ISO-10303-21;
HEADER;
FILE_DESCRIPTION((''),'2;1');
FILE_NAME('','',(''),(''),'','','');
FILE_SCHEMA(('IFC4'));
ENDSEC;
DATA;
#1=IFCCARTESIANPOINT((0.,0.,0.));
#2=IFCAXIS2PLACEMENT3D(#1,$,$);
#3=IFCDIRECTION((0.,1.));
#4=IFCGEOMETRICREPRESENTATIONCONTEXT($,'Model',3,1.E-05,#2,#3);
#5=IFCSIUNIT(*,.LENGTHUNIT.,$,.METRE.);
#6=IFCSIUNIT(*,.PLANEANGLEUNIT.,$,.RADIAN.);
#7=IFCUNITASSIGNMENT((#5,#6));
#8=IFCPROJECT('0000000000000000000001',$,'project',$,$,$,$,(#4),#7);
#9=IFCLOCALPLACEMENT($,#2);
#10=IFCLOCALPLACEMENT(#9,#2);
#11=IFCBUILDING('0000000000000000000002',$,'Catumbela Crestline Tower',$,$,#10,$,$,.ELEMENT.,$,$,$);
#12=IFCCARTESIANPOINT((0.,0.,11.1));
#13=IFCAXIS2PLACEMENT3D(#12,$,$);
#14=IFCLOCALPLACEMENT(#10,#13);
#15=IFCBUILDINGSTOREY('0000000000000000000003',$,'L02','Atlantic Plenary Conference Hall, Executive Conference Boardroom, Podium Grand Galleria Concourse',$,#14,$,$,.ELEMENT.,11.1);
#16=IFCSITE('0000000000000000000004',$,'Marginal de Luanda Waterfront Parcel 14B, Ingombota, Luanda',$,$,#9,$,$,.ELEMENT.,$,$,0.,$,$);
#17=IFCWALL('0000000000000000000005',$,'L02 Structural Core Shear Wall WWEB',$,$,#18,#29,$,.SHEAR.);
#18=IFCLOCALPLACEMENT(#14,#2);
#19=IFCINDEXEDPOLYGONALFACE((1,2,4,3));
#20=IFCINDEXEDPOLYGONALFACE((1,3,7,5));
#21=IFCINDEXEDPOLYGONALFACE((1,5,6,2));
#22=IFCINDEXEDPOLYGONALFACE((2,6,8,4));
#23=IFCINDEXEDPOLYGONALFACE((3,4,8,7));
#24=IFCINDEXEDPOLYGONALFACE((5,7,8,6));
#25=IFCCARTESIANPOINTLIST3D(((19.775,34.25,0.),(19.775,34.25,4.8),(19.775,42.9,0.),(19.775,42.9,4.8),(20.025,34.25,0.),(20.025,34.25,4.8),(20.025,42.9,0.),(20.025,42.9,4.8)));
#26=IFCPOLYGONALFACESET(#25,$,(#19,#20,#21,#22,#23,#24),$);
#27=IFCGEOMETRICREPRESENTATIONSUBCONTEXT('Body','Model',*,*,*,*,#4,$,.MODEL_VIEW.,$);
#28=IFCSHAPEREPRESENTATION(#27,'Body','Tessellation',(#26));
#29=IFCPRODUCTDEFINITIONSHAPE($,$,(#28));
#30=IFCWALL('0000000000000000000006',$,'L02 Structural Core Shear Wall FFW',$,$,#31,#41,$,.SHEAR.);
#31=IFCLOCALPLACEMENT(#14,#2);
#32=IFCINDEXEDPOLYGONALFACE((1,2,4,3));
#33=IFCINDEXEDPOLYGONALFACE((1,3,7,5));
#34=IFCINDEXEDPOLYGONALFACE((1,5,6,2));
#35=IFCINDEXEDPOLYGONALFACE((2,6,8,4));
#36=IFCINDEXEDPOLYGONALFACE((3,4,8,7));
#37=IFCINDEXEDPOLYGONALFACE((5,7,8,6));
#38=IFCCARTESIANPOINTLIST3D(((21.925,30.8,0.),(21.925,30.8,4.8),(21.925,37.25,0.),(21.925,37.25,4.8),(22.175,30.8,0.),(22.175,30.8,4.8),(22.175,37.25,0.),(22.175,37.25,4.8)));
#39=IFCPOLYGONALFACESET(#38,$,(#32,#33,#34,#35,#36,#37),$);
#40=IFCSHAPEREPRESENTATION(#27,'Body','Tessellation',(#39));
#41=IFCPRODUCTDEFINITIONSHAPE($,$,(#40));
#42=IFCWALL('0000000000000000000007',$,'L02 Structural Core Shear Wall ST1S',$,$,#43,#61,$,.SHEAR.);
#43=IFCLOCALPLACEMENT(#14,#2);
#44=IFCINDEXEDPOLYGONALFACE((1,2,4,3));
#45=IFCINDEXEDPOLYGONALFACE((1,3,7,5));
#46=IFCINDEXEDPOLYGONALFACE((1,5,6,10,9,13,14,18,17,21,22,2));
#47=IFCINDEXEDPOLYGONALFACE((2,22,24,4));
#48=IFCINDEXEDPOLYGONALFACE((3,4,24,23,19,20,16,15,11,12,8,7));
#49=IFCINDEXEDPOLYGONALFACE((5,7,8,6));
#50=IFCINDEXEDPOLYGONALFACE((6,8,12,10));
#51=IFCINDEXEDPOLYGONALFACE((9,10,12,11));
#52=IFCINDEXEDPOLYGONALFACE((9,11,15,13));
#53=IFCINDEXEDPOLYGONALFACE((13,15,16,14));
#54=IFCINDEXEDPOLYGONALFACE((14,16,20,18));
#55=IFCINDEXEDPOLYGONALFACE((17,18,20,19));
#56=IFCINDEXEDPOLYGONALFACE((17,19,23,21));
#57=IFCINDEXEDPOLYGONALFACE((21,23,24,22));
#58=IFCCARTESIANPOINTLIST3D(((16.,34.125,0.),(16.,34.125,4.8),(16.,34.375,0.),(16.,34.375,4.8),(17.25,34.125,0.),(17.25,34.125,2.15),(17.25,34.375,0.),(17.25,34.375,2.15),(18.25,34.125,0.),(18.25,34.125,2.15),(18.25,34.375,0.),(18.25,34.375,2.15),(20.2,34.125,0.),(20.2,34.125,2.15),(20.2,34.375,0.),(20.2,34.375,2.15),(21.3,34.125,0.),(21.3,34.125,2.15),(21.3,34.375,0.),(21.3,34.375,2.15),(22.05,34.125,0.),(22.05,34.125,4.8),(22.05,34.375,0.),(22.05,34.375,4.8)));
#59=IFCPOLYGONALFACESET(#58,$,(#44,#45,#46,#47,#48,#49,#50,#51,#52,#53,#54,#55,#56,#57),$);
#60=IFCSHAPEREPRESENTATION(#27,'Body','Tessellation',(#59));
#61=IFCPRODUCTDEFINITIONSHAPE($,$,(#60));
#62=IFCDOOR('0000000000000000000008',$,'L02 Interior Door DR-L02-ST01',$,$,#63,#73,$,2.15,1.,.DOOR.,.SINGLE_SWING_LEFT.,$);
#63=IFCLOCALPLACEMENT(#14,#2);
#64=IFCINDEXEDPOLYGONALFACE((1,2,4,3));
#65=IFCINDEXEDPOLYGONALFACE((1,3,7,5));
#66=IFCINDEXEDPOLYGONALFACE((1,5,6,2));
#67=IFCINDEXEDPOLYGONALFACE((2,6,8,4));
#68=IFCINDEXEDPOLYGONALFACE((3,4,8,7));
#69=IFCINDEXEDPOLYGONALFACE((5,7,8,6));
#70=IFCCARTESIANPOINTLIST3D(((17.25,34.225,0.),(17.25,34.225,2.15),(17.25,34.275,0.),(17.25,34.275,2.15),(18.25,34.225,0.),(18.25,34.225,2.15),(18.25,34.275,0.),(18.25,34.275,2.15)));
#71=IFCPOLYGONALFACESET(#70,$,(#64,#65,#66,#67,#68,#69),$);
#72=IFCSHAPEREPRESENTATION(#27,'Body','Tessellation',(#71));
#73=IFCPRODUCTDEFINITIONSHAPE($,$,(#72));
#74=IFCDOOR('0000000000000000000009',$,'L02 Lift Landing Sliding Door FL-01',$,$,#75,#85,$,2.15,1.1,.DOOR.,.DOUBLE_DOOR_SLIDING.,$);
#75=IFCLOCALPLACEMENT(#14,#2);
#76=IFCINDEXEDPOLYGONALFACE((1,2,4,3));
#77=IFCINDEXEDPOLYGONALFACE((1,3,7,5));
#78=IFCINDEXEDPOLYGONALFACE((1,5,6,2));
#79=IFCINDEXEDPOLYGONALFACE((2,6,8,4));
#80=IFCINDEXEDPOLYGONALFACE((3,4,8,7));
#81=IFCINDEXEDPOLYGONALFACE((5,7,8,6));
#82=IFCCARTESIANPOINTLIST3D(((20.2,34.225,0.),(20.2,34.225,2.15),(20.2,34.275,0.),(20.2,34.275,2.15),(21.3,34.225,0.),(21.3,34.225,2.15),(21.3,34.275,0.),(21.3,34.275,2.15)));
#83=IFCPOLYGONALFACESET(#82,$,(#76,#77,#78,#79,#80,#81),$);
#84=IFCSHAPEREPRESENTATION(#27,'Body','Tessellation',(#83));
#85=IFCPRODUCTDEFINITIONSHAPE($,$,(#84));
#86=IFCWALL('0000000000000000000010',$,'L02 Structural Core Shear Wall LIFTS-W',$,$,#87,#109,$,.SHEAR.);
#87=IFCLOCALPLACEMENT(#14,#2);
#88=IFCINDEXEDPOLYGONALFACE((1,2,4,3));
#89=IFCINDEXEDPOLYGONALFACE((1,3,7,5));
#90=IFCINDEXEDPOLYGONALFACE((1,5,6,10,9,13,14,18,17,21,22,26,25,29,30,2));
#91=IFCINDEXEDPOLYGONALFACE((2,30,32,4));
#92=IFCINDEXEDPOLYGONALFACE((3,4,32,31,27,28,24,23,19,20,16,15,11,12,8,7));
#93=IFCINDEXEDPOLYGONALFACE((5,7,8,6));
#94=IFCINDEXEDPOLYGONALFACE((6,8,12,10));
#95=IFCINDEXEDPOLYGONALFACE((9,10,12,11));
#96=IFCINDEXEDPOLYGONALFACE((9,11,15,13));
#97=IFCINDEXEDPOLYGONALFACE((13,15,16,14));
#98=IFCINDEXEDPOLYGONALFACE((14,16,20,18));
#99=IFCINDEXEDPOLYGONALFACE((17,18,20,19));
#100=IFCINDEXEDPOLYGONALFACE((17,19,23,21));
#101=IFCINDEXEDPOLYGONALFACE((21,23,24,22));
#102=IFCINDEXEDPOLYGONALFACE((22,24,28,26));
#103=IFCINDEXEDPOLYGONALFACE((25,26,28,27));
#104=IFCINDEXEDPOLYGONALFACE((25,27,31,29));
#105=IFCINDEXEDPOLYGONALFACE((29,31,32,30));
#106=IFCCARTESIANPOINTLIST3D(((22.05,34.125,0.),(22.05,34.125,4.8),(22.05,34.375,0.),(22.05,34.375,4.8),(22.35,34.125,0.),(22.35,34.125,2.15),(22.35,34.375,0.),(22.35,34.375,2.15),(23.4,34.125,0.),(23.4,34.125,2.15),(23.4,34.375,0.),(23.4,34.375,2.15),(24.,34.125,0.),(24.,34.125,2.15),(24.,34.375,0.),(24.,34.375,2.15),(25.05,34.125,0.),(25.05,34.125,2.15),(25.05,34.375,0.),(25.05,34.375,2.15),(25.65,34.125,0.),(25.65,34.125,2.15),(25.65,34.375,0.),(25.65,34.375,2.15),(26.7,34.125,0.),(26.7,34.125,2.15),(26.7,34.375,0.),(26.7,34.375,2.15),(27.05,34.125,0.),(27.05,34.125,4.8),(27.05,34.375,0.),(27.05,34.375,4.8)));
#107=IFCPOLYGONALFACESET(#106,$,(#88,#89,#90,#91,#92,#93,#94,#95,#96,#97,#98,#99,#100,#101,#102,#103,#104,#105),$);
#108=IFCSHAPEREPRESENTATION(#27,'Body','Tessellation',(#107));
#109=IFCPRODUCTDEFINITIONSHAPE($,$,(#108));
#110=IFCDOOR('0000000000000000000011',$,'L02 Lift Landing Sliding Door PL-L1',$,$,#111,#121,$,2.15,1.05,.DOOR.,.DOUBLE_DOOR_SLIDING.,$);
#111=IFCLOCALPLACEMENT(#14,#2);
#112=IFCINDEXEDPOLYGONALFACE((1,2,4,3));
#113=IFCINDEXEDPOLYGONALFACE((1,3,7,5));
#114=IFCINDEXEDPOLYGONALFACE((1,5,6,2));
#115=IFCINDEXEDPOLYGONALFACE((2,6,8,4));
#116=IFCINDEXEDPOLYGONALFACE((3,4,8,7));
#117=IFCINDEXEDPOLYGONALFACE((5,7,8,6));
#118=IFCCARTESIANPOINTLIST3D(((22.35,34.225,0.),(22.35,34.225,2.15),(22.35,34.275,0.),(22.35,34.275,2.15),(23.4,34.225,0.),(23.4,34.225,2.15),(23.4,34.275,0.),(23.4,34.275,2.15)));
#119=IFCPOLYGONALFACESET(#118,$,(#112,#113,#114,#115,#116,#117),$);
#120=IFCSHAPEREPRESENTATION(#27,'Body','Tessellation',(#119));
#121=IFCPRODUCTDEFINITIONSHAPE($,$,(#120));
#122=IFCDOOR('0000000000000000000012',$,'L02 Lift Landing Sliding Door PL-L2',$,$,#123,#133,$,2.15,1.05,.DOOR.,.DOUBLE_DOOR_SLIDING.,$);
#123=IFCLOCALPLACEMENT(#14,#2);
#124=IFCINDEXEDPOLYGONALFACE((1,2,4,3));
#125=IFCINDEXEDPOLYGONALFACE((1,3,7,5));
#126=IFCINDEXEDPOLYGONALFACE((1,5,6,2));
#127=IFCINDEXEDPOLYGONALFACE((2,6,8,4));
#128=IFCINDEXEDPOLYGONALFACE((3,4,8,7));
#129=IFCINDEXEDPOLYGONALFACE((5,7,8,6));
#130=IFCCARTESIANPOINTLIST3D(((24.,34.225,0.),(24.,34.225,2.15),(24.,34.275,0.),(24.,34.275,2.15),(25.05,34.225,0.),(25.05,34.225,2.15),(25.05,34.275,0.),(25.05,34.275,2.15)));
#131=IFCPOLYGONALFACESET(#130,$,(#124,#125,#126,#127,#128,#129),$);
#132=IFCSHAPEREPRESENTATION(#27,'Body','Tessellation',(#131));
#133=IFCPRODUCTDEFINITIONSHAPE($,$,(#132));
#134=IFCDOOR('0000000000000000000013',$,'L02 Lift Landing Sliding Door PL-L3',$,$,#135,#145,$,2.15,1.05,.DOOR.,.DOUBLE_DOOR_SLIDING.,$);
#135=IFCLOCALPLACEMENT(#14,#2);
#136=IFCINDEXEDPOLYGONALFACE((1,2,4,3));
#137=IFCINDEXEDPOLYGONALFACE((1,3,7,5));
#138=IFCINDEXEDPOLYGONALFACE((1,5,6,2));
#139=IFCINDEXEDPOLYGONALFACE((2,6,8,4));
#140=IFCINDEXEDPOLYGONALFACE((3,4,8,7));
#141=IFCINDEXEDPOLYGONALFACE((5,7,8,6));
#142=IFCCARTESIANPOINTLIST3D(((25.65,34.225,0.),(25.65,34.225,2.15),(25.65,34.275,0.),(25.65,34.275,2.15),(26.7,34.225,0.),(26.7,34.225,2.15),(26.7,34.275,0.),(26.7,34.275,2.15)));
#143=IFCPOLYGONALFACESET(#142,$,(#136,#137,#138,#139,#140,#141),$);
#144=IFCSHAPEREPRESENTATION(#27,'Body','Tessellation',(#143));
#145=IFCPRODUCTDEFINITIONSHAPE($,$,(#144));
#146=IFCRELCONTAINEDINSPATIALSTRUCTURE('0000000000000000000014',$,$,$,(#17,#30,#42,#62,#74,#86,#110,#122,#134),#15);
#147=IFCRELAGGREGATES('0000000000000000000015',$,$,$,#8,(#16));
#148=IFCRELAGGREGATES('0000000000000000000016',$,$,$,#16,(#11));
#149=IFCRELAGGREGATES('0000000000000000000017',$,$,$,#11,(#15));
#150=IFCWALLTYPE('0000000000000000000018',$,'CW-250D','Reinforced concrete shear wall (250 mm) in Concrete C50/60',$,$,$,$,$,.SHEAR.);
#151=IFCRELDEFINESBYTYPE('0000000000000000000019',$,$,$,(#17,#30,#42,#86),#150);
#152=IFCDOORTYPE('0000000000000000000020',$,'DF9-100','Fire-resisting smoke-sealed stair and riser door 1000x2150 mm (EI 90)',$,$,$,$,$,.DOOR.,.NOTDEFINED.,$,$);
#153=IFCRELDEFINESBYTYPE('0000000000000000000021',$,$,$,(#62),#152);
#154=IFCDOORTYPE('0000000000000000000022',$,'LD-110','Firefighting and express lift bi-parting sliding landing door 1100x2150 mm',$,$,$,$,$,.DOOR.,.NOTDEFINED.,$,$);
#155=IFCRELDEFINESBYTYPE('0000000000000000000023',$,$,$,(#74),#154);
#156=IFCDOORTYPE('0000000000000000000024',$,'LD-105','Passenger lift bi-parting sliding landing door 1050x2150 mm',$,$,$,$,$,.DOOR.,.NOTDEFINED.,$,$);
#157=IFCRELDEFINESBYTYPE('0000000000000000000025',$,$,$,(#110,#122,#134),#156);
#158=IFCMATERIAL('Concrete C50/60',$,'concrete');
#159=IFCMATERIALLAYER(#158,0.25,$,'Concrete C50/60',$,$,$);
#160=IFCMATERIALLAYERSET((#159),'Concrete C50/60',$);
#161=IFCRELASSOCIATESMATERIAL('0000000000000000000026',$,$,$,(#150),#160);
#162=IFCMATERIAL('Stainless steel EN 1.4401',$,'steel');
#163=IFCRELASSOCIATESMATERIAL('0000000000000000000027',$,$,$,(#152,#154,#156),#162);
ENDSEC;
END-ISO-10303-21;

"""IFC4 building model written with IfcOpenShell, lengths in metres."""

from ifc_helpers import new_model, si_unit, direction, frame, frame_2d, origin, place, context, subcontext, project, spatial, rectangle, extrude, material, layer, layer_set, type_object, element, fill, save


model = new_model("IFC4")

# Units and contexts
model_context = context("Model", 3, precision=1e-05, world=origin(), true_north=direction((0.0, 1.0)))
body_context = subcontext(model_context, "Body", "Model", "MODEL_VIEW")
ifc_project = project(units=[si_unit("LENGTHUNIT", "METRE"), si_unit("PLANEANGLEUNIT", "RADIAN")], contexts=[model_context])

# Site, building, storey
site_placement = place(None, origin())
site = spatial("IfcSite", under=ifc_project, at=site_placement, Name="Marginal de Luanda Waterfront Parcel 14B, Ingombota, Luanda", CompositionType="ELEMENT", RefElevation=0.0)
building_placement = place(site_placement, origin())
building = spatial("IfcBuilding", under=site, at=building_placement, Name="Catumbela Crestline Tower", CompositionType="ELEMENT")
storey_placement = place(building_placement, frame((0.0, 0.0, 11.1)))
storey = spatial("IfcBuildingStorey", under=building, at=storey_placement, Name="L02", Description="Atlantic Plenary Conference Hall, Executive Conference Boardroom, Podium Grand Galleria Concourse", CompositionType="ELEMENT", Elevation=11.1)

# Walls
ifc_material_1 = material(Name="Concrete C50/60", Category="concrete")
ifc_layer_1 = layer(ifc_material_1, 0.25, Name="Concrete C50/60")
ifc_layer_set_1 = layer_set([ifc_layer_1], Name="Concrete C50/60")
wall_type_1 = type_object("IfcWallType", Name="CW-250D", Description="Reinforced concrete shear wall (250 mm) in Concrete C50/60", PredefinedType="SHEAR", material=ifc_layer_set_1)
wall_1_placement = place(storey_placement, frame((19.9, 34.25, 0.0), z_axis=(0.0, 0.0, 1.0), x_axis=(0.0, 1.0, 0.0)))
element("IfcWall", 1, at=wall_1_placement, inside=storey, type_object=wall_type_1, Name="L02 Structural Core Shear Wall WWEB", PredefinedType="SHEAR", context=body_context, shape_type="SweptSolid", body=[
    extrude(rectangle(XDim=8.65, YDim=0.25, at=frame_2d((4.325, 0.0))), origin(), (0.0, 0.0, 1.0), 4.8),
])
wall_2_placement = place(storey_placement, frame((22.05, 30.8, 0.0), z_axis=(0.0, 0.0, 1.0), x_axis=(0.0, 1.0, 0.0)))
element("IfcWall", 2, at=wall_2_placement, inside=storey, type_object=wall_type_1, Name="L02 Structural Core Shear Wall FFW", PredefinedType="SHEAR", context=body_context, shape_type="SweptSolid", body=[
    extrude(rectangle(XDim=6.45, YDim=0.25, at=frame_2d((3.225, 0.0))), origin(), (0.0, 0.0, 1.0), 4.8),
])

# Walls, openings, doors
wall_3_placement = place(storey_placement, frame((16.0, 34.25, 0.0), z_axis=(0.0, 0.0, 1.0), x_axis=(1.0, 0.0, 0.0)))
wall_3 = element("IfcWall", 3, at=wall_3_placement, inside=storey, type_object=wall_type_1, Name="L02 Structural Core Shear Wall ST1S", PredefinedType="SHEAR", context=body_context, shape_type="SweptSolid", body=[
    extrude(rectangle(XDim=6.05, YDim=0.25, at=frame_2d((3.025, 0.0))), origin(), (0.0, 0.0, 1.0), 4.8),
])
opening_1_placement = place(wall_3_placement, frame((1.25, 0.0, 0.0)))
opening_1 = element("IfcOpeningElement", 4, at=opening_1_placement, cuts=wall_3, PredefinedType="OPENING", context=body_context, shape_type="SweptSolid", body=[
    extrude(rectangle(XDim=1.0, YDim=2.15, at=frame_2d((0.5, 1.075))), frame((0.0, 0.135, 0.0), z_axis=(0.0, -1.0, 0.0), x_axis=(1.0, 0.0, 0.0)), (0.0, 0.0, 1.0), 0.27),
])
opening_2_placement = place(wall_3_placement, frame((4.2, 0.0, 0.0)))
opening_2 = element("IfcOpeningElement", 5, at=opening_2_placement, cuts=wall_3, PredefinedType="OPENING", context=body_context, shape_type="SweptSolid", body=[
    extrude(rectangle(XDim=1.1, YDim=2.15, at=frame_2d((0.55, 1.075))), frame((0.0, 0.135, 0.0), z_axis=(0.0, -1.0, 0.0), x_axis=(1.0, 0.0, 0.0)), (0.0, 0.0, 1.0), 0.27),
])
ifc_material_2 = material(Name="Stainless steel EN 1.4401", Category="steel")
door_type_1 = type_object("IfcDoorType", Name="DF9-100", Description="Fire-resisting smoke-sealed stair and riser door 1000x2150 mm (EI 90)", OperationType="NOTDEFINED", PredefinedType="DOOR", material=ifc_material_2)
door_1_placement = place(opening_1_placement, origin())
door_1 = element("IfcDoor", 6, at=door_1_placement, inside=storey, type_object=door_type_1, Name="L02 Interior Door DR-L02-ST01", OperationType="SINGLE_SWING_LEFT", OverallHeight=2.15, OverallWidth=1.0, PredefinedType="DOOR", context=body_context, shape_type="SweptSolid", body=[
    extrude(rectangle(XDim=1.0, YDim=2.15, at=frame_2d((0.5, 1.075))), frame((0.0, 0.025, 0.0), z_axis=(0.0, -1.0, 0.0), x_axis=(1.0, 0.0, 0.0)), (0.0, 0.0, 1.0), 0.05),
])
fill(opening_1, door_1)
door_type_2 = type_object("IfcDoorType", Name="LD-110", Description="Firefighting and express lift bi-parting sliding landing door 1100x2150 mm", OperationType="NOTDEFINED", PredefinedType="DOOR", material=ifc_material_2)
door_2_placement = place(opening_2_placement, origin())
door_2 = element("IfcDoor", 7, at=door_2_placement, inside=storey, type_object=door_type_2, Name="L02 Lift Landing Sliding Door FL-01", OperationType="DOUBLE_DOOR_SLIDING", OverallHeight=2.15, OverallWidth=1.1, PredefinedType="DOOR", context=body_context, shape_type="SweptSolid", body=[
    extrude(rectangle(XDim=1.1, YDim=2.15, at=frame_2d((0.55, 1.075))), frame((0.0, 0.025, 0.0), z_axis=(0.0, -1.0, 0.0), x_axis=(1.0, 0.0, 0.0)), (0.0, 0.0, 1.0), 0.05),
])
fill(opening_2, door_2)
wall_4_placement = place(storey_placement, frame((22.05, 34.25, 0.0), z_axis=(0.0, 0.0, 1.0), x_axis=(1.0, 0.0, 0.0)))
wall_4 = element("IfcWall", 8, at=wall_4_placement, inside=storey, type_object=wall_type_1, Name="L02 Structural Core Shear Wall LIFTS-W", PredefinedType="SHEAR", context=body_context, shape_type="SweptSolid", body=[
    extrude(rectangle(XDim=5.0, YDim=0.25, at=frame_2d((2.5, 0.0))), origin(), (0.0, 0.0, 1.0), 4.8),
])
opening_3_placement = place(wall_4_placement, frame((0.3, 0.0, 0.0)))
opening_3 = element("IfcOpeningElement", 9, at=opening_3_placement, cuts=wall_4, PredefinedType="OPENING", context=body_context, shape_type="SweptSolid", body=[
    extrude(rectangle(XDim=1.05, YDim=2.15, at=frame_2d((0.525, 1.075))), frame((0.0, 0.135, 0.0), z_axis=(0.0, -1.0, 0.0), x_axis=(1.0, 0.0, 0.0)), (0.0, 0.0, 1.0), 0.27),
])
opening_4_placement = place(wall_4_placement, frame((1.95, 0.0, 0.0)))
opening_4 = element("IfcOpeningElement", 10, at=opening_4_placement, cuts=wall_4, PredefinedType="OPENING", context=body_context, shape_type="SweptSolid", body=[
    extrude(rectangle(XDim=1.05, YDim=2.15, at=frame_2d((0.525, 1.075))), frame((0.0, 0.135, 0.0), z_axis=(0.0, -1.0, 0.0), x_axis=(1.0, 0.0, 0.0)), (0.0, 0.0, 1.0), 0.27),
])
opening_5_placement = place(wall_4_placement, frame((3.6, 0.0, 0.0)))
opening_5 = element("IfcOpeningElement", 11, at=opening_5_placement, cuts=wall_4, PredefinedType="OPENING", context=body_context, shape_type="SweptSolid", body=[
    extrude(rectangle(XDim=1.05, YDim=2.15, at=frame_2d((0.525, 1.075))), frame((0.0, 0.135, 0.0), z_axis=(0.0, -1.0, 0.0), x_axis=(1.0, 0.0, 0.0)), (0.0, 0.0, 1.0), 0.27),
])
door_type_3 = type_object("IfcDoorType", Name="LD-105", Description="Passenger lift bi-parting sliding landing door 1050x2150 mm", OperationType="NOTDEFINED", PredefinedType="DOOR", material=ifc_material_2)
door_3_placement = place(opening_3_placement, origin())
door_3 = element("IfcDoor", 12, at=door_3_placement, inside=storey, type_object=door_type_3, Name="L02 Lift Landing Sliding Door PL-L1", OperationType="DOUBLE_DOOR_SLIDING", OverallHeight=2.15, OverallWidth=1.05, PredefinedType="DOOR", context=body_context, shape_type="SweptSolid", body=[
    extrude(rectangle(XDim=1.05, YDim=2.15, at=frame_2d((0.525, 1.075))), frame((0.0, 0.025, 0.0), z_axis=(0.0, -1.0, 0.0), x_axis=(1.0, 0.0, 0.0)), (0.0, 0.0, 1.0), 0.05),
])
fill(opening_3, door_3)
door_4_placement = place(opening_4_placement, origin())
door_4 = element("IfcDoor", 13, at=door_4_placement, inside=storey, type_object=door_type_3, Name="L02 Lift Landing Sliding Door PL-L2", OperationType="DOUBLE_DOOR_SLIDING", OverallHeight=2.15, OverallWidth=1.05, PredefinedType="DOOR", context=body_context, shape_type="SweptSolid", body=[
    extrude(rectangle(XDim=1.05, YDim=2.15, at=frame_2d((0.525, 1.075))), frame((0.0, 0.025, 0.0), z_axis=(0.0, -1.0, 0.0), x_axis=(1.0, 0.0, 0.0)), (0.0, 0.0, 1.0), 0.05),
])
fill(opening_4, door_4)
door_5_placement = place(opening_5_placement, origin())
door_5 = element("IfcDoor", 14, at=door_5_placement, inside=storey, type_object=door_type_3, Name="L02 Lift Landing Sliding Door PL-L3", OperationType="DOUBLE_DOOR_SLIDING", OverallHeight=2.15, OverallWidth=1.05, PredefinedType="DOOR", context=body_context, shape_type="SweptSolid", body=[
    extrude(rectangle(XDim=1.05, YDim=2.15, at=frame_2d((0.525, 1.075))), frame((0.0, 0.025, 0.0), z_axis=(0.0, -1.0, 0.0), x_axis=(1.0, 0.0, 0.0)), (0.0, 0.0, 1.0), 0.05),
])
fill(opening_5, door_5)

save(model, "model.ifc")
